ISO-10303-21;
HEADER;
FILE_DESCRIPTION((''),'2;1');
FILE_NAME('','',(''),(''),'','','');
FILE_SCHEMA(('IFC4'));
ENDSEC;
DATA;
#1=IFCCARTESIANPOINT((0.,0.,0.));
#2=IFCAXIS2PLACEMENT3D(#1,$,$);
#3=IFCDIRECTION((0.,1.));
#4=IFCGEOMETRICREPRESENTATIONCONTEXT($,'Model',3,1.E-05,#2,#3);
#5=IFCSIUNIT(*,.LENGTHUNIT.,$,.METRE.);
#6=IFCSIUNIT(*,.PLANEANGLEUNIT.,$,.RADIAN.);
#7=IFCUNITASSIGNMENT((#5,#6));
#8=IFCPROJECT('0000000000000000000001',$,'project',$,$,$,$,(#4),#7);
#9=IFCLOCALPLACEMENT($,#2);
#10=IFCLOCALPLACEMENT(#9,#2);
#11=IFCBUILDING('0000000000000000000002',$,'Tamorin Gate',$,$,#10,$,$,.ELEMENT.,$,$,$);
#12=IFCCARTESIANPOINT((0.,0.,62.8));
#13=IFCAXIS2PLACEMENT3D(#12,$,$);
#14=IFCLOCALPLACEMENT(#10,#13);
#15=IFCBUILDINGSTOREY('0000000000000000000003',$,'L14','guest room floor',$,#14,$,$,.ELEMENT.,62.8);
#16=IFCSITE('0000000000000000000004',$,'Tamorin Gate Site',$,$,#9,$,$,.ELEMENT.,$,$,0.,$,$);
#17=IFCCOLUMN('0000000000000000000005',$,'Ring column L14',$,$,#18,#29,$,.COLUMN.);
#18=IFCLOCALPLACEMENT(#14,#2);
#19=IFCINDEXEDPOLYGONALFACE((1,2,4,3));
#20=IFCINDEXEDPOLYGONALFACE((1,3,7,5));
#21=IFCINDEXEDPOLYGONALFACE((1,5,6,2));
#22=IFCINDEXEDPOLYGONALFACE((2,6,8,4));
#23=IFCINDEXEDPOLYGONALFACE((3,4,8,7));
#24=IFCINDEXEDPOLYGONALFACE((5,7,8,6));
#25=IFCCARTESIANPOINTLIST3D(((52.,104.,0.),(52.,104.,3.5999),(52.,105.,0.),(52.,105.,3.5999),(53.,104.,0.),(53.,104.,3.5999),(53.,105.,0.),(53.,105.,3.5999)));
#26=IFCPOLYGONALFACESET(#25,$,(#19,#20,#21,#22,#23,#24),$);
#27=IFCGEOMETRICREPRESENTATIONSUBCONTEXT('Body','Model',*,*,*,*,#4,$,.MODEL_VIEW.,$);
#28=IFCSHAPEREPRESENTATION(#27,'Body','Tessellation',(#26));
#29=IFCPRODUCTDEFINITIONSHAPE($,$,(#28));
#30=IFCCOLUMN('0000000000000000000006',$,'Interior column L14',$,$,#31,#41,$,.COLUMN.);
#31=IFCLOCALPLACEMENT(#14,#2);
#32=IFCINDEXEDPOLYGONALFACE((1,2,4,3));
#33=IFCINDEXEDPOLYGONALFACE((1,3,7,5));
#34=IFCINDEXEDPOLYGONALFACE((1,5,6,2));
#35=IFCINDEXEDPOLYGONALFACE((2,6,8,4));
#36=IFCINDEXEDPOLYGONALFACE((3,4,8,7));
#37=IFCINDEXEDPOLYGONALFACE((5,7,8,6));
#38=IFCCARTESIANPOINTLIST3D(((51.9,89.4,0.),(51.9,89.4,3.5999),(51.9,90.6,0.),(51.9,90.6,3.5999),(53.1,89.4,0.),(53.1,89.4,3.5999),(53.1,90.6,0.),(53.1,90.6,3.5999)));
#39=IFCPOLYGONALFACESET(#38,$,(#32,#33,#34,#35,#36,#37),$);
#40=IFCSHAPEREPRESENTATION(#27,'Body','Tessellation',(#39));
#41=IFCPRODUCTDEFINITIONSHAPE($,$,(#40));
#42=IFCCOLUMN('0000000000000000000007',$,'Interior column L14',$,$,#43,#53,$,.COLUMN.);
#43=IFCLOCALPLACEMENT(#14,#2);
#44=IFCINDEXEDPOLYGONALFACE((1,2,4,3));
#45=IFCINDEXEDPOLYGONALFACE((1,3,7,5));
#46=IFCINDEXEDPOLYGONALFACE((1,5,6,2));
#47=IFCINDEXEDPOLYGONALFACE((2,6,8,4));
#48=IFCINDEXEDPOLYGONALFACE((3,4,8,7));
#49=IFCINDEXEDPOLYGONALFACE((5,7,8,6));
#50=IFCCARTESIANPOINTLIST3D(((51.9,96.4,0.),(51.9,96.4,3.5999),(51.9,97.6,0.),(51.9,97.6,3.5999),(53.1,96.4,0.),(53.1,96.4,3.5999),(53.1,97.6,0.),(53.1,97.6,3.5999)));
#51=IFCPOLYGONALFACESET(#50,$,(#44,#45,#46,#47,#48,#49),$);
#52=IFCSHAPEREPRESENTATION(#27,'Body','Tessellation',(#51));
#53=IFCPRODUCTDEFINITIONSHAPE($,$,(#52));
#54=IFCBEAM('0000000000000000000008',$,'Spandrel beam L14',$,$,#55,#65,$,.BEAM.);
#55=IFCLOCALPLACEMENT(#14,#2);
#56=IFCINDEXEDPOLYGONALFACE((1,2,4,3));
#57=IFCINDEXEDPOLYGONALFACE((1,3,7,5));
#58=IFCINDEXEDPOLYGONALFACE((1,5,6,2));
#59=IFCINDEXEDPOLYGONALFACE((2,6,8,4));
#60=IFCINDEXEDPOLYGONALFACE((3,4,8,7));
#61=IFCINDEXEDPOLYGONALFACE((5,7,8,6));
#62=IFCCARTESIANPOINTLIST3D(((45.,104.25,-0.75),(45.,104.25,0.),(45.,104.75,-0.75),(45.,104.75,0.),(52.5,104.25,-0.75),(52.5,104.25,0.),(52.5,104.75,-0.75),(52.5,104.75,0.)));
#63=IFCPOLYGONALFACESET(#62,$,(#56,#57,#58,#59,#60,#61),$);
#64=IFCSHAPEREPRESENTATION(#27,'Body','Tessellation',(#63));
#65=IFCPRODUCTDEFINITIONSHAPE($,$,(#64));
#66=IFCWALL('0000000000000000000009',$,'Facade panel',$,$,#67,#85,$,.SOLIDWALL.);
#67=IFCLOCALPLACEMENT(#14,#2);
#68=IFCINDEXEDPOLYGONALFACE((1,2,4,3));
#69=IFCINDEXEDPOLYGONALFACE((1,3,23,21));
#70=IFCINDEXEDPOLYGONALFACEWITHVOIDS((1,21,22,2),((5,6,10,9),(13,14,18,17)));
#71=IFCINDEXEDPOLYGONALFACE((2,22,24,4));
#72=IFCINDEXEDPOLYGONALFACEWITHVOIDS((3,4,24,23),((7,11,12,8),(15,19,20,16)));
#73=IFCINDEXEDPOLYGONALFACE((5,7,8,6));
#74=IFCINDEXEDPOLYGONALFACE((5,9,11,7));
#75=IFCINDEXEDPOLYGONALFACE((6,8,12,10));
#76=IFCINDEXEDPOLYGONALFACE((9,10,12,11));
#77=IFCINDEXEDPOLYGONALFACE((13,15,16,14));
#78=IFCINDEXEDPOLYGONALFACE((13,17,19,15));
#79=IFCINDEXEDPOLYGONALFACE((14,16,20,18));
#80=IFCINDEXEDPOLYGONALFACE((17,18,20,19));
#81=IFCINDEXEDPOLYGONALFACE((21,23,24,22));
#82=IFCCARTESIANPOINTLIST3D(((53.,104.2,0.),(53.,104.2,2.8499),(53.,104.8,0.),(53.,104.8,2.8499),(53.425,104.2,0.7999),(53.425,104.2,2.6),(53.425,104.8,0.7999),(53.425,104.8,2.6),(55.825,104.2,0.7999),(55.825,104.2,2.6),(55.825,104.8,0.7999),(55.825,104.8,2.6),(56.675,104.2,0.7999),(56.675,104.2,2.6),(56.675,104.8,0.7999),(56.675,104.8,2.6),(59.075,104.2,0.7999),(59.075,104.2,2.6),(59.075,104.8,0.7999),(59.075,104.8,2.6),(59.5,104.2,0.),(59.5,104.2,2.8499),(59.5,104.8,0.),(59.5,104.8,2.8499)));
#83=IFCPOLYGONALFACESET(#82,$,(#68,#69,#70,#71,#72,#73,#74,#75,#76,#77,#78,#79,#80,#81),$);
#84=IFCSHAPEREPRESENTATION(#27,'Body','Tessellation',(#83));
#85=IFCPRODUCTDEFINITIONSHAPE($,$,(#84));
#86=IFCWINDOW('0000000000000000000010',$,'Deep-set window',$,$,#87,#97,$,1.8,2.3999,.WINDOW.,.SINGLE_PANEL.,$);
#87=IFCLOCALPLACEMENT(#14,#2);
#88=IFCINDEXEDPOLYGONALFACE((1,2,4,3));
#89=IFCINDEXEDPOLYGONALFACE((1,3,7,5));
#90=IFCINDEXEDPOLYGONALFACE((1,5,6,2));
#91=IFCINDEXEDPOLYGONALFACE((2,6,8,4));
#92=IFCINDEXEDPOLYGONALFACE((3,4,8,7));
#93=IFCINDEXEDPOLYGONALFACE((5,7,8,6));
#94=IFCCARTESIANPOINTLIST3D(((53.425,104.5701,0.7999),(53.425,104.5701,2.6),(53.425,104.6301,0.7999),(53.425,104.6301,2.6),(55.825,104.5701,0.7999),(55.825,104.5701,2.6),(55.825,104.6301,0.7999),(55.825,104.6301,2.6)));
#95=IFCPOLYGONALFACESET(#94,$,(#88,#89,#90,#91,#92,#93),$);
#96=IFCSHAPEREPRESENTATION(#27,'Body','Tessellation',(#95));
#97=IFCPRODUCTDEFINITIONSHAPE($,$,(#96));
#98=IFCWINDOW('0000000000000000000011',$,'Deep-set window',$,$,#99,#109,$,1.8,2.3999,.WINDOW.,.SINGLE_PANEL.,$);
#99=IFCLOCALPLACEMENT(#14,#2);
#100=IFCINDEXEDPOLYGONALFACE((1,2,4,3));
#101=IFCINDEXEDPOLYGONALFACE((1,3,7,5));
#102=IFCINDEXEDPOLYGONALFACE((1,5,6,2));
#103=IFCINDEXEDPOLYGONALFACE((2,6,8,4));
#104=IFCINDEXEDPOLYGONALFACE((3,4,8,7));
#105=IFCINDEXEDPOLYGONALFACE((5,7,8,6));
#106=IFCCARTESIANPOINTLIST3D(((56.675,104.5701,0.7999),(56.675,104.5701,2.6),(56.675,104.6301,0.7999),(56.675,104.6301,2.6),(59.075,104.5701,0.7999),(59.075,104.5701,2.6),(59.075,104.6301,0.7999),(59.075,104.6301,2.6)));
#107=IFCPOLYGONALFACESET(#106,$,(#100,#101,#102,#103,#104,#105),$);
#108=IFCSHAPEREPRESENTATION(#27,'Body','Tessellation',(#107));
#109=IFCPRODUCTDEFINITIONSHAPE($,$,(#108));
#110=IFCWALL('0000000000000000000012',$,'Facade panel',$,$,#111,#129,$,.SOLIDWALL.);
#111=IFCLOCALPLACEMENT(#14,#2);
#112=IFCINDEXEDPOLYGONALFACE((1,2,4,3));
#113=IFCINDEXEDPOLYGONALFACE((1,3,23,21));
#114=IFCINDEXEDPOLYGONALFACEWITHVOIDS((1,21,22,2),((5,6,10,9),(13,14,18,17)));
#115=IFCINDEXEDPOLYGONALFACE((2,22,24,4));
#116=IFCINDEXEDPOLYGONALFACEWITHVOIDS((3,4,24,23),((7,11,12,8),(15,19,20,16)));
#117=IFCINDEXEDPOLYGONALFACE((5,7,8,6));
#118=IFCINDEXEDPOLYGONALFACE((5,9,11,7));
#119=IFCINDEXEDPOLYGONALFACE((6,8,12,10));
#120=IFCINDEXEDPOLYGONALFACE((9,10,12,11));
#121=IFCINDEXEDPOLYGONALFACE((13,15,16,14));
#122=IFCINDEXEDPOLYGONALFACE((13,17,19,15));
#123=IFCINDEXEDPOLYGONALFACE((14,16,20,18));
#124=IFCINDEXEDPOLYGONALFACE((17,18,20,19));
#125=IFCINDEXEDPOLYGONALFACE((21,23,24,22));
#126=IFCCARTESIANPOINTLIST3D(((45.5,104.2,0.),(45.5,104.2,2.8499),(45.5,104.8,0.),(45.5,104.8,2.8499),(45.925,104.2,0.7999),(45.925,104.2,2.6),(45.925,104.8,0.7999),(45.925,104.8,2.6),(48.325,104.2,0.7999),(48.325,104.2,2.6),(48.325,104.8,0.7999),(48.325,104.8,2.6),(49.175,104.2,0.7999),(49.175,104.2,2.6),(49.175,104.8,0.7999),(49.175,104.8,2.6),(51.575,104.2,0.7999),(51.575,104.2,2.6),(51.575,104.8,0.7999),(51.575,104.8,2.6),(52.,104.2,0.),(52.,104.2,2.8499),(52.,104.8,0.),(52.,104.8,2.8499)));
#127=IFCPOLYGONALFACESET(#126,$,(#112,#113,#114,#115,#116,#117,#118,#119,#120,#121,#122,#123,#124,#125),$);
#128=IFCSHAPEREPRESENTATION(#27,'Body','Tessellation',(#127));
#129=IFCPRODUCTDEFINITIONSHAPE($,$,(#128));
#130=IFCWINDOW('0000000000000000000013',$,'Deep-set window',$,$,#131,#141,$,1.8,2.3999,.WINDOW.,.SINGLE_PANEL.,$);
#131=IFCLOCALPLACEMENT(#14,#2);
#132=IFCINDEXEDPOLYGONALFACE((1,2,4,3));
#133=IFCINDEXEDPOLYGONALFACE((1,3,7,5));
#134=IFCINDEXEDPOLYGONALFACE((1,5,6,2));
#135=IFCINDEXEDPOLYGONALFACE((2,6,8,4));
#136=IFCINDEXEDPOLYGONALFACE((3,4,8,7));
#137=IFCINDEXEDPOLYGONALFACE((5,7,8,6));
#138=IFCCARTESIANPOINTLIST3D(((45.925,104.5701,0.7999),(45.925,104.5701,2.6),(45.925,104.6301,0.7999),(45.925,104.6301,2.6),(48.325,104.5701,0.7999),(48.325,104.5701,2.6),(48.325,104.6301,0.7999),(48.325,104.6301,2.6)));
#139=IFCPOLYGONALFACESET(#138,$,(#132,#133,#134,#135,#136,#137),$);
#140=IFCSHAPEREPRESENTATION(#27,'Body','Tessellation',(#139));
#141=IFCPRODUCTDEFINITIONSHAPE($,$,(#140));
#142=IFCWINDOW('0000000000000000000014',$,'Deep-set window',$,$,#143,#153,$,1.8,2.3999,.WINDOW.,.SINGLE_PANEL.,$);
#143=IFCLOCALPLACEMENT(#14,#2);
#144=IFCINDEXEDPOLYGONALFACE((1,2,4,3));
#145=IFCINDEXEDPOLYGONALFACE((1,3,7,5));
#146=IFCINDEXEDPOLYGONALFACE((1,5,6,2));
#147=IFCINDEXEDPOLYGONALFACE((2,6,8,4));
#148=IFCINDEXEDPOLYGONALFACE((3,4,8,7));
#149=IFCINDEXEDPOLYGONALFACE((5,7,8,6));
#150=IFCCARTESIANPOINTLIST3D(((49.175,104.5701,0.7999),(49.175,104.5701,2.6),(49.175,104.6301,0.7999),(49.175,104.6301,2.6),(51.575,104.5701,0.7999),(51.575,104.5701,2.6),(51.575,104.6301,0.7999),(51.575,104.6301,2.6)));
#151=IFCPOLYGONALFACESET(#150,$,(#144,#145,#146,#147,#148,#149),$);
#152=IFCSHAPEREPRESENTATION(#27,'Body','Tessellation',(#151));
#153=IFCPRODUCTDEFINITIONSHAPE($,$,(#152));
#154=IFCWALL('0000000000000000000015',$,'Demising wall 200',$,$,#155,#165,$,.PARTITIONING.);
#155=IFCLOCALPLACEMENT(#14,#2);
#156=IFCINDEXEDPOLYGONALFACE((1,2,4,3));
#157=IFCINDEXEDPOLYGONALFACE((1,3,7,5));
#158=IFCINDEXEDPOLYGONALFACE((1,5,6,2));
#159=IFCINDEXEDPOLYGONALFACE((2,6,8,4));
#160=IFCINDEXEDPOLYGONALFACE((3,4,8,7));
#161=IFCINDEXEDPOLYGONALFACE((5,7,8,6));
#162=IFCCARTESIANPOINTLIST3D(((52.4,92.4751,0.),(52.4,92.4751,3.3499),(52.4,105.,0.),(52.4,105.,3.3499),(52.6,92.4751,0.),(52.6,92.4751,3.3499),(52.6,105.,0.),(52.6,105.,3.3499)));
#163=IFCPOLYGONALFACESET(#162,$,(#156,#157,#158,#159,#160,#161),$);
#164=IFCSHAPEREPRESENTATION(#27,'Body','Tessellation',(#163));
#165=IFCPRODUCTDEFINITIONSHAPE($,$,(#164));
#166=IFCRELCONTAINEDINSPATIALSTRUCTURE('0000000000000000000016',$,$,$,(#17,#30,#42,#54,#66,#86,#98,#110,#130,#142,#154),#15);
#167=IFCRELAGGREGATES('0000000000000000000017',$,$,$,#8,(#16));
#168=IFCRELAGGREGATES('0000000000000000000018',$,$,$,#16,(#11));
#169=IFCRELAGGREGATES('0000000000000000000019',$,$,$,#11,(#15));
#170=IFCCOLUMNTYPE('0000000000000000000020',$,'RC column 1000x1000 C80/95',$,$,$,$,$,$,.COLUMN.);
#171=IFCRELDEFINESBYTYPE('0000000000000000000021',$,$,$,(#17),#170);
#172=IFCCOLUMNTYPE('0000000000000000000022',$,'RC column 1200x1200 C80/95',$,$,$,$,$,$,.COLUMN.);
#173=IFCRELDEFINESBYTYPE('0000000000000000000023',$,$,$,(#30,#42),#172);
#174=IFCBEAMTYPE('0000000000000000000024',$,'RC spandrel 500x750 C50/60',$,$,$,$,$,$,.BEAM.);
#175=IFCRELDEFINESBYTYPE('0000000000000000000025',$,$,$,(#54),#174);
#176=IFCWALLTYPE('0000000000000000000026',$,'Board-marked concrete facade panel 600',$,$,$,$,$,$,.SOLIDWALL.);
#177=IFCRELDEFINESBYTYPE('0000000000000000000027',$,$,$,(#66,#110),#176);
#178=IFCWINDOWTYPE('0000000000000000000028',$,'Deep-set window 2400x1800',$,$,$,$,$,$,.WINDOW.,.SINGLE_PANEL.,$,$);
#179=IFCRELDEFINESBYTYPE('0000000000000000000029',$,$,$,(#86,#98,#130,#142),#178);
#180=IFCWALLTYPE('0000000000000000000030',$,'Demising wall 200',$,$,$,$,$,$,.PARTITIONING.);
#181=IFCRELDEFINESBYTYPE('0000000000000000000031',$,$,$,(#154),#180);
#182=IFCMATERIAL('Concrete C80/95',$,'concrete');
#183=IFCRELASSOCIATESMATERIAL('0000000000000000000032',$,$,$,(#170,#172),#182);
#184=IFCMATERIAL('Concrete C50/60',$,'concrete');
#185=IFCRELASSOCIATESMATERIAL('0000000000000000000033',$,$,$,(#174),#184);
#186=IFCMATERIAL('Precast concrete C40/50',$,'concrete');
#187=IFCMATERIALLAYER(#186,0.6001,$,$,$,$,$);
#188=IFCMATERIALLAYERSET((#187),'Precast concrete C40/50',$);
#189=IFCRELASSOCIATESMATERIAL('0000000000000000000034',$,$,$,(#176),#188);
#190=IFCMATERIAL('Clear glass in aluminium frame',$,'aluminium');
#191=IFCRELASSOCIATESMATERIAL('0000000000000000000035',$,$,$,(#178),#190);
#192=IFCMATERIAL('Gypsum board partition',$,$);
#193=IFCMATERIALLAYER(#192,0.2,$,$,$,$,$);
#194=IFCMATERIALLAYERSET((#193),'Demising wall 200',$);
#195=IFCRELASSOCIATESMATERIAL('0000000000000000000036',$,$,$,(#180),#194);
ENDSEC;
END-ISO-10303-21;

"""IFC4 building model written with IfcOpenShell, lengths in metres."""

from ifc_helpers import new_model, si_unit, direction, frame, frame_2d, origin, origin_2d, place, context, subcontext, project, spatial, rectangle, extrude, material, layer, layer_set, material_profile, profile_set, type_object, element, fill, save


model = new_model("IFC4")

# Units and contexts
model_context = context("Model", 3, precision=1e-05, world=origin(), true_north=direction((0.0, 1.0)))
body_context = subcontext(model_context, "Body", "Model", "MODEL_VIEW")
ifc_project = project(units=[si_unit("LENGTHUNIT", "METRE"), si_unit("PLANEANGLEUNIT", "RADIAN")], contexts=[model_context])

# Site, building, storey
site_placement = place(None, origin())
site = spatial("IfcSite", under=ifc_project, at=site_placement, Name="Tamorin Gate Site", CompositionType="ELEMENT", RefElevation=0.0)
building_placement = place(site_placement, origin())
building = spatial("IfcBuilding", under=site, at=building_placement, Name="Tamorin Gate", CompositionType="ELEMENT")
storey_placement = place(building_placement, frame((0.0, 0.0, 62.8)))
storey = spatial("IfcBuildingStorey", under=building, at=storey_placement, Name="L14", Description="guest room floor", CompositionType="ELEMENT", Elevation=62.8)

# Columns
ifc_material_1 = material(Name="Concrete C80/95", Category="concrete")
ifc_material_profile_1 = material_profile(ifc_material_1, rectangle(XDim=1.0, YDim=1.0, at=origin_2d()), Name="RC 1000x1000")
ifc_profile_set_1 = profile_set([ifc_material_profile_1], Name="Concrete C80/95")
column_type_1 = type_object("IfcColumnType", Name="RC column 1000x1000 C80/95", PredefinedType="COLUMN", material=ifc_profile_set_1)
column_placement = place(storey_placement, frame((52.5, 104.5, 0.0), z_axis=(0.0, 0.0, 1.0), x_axis=(1.0, 0.0, 0.0)))
element("IfcColumn", 1, at=column_placement, inside=storey, type_object=column_type_1, Name="Ring column L14", PredefinedType="COLUMN", context=body_context, shape_type="SweptSolid", body=[
    extrude(rectangle(XDim=1.0, YDim=1.0, at=origin_2d()), origin(), (0.0, 0.0, 1.0), 3.5999),
])
ifc_material_profile_2 = material_profile(ifc_material_1, rectangle(XDim=1.2, YDim=1.2, at=origin_2d()), Name="RC 1200x1200")
ifc_profile_set_2 = profile_set([ifc_material_profile_2], Name="Concrete C80/95")
column_type_2 = type_object("IfcColumnType", Name="RC column 1200x1200 C80/95", PredefinedType="COLUMN", material=ifc_profile_set_2)
for number, where, z_axis, x_axis, name in (
    (2, (52.5, 90.0, 0.0), (0.0, 0.0, 1.0), (1.0, 0.0, 0.0), "Interior column L14"),
    (3, (52.5, 97.0, 0.0), (0.0, 0.0, 1.0), (1.0, 0.0, 0.0), "Interior column L14"),
):
    element("IfcColumn", number, at=place(storey_placement, frame(where, z_axis=z_axis, x_axis=x_axis)), inside=storey, type_object=column_type_2, Name=name, PredefinedType="COLUMN", context=body_context, shape_type="SweptSolid", body=[
        extrude(rectangle(XDim=1.2, YDim=1.2, at=origin_2d()), origin(), (0.0, 0.0, 1.0), 3.5999),
    ])

# Beam
ifc_material_2 = material(Name="Concrete C50/60", Category="concrete")
ifc_material_profile_3 = material_profile(ifc_material_2, rectangle(XDim=0.5, YDim=0.75, at=origin_2d()), Name="RC 500x750")
ifc_profile_set_3 = profile_set([ifc_material_profile_3], Name="Concrete C50/60")
beam_type = type_object("IfcBeamType", Name="RC spandrel 500x750 C50/60", PredefinedType="BEAM", material=ifc_profile_set_3)
beam_placement = place(storey_placement, frame((52.5, 104.5, -0.375), z_axis=(-1.0, 0.0, 0.0), x_axis=(0.0, -1.0, 0.0)))
element("IfcBeam", 4, at=beam_placement, inside=storey, type_object=beam_type, Name="Spandrel beam L14", PredefinedType="BEAM", context=body_context, shape_type="SweptSolid", body=[
    extrude(rectangle(XDim=0.5, YDim=0.75, at=origin_2d()), origin(), (0.0, 0.0, 1.0), 7.5),
])

# Walls, openings, windows
ifc_material_3 = material(Name="Precast concrete C40/50", Category="concrete")
ifc_layer_1 = layer(ifc_material_3, 0.6001)
ifc_layer_set_1 = layer_set([ifc_layer_1], Name="Precast concrete C40/50")
wall_type_1 = type_object("IfcWallType", Name="Board-marked concrete facade panel 600", PredefinedType="SOLIDWALL", material=ifc_layer_set_1)
wall_1_placement = place(storey_placement, frame((59.5, 104.5, 0.0), z_axis=(0.0, 0.0, 1.0), x_axis=(-1.0, 0.0, 0.0)))
wall_1 = element("IfcWall", 5, at=wall_1_placement, inside=storey, type_object=wall_type_1, Name="Facade panel", PredefinedType="SOLIDWALL", context=body_context, shape_type="SweptSolid", body=[
    extrude(rectangle(XDim=6.5, YDim=0.6001, at=frame_2d((3.25, 0.0))), origin(), (0.0, 0.0, 1.0), 2.8499),
])
opening_1_placement = place(wall_1_placement, frame((3.675, 0.0, 0.8)))
opening_1 = element("IfcOpeningElement", 6, at=opening_1_placement, cuts=wall_1, PredefinedType="OPENING", context=body_context, shape_type="SweptSolid", body=[
    extrude(rectangle(XDim=2.3999, YDim=1.8, at=frame_2d((1.2, 0.8999))), frame((0.0, 0.3101, 0.0), z_axis=(0.0, -1.0, 0.0), x_axis=(1.0, 0.0, 0.0)), (0.0, 0.0, 1.0), 0.6201),
])
opening_2_placement = place(wall_1_placement, frame((0.425, 0.0, 0.8)))
opening_2 = element("IfcOpeningElement", 7, at=opening_2_placement, cuts=wall_1, PredefinedType="OPENING", context=body_context, shape_type="SweptSolid", body=[
    extrude(rectangle(XDim=2.3999, YDim=1.8, at=frame_2d((1.2, 0.8999))), frame((0.0, 0.3101, 0.0), z_axis=(0.0, -1.0, 0.0), x_axis=(1.0, 0.0, 0.0)), (0.0, 0.0, 1.0), 0.6201),
])
ifc_material_4 = material(Name="Clear glass in aluminium frame", Category="aluminium")
window_type = type_object("IfcWindowType", Name="Deep-set window 2400x1800", PartitioningType="SINGLE_PANEL", PredefinedType="WINDOW", material=ifc_material_4)
window_1_placement = place(opening_1_placement, origin())
window_1 = element("IfcWindow", 8, at=window_1_placement, inside=storey, type_object=window_type, Name="Deep-set window", OverallHeight=1.8, OverallWidth=2.3999, PartitioningType="SINGLE_PANEL", PredefinedType="WINDOW", context=body_context, shape_type="SweptSolid", body=[
    extrude(rectangle(XDim=2.3999, YDim=1.8, at=frame_2d((1.2, 0.8999))), frame((0.0, -0.0701, 0.0), z_axis=(0.0, -1.0, 0.0), x_axis=(1.0, 0.0, 0.0)), (0.0, 0.0, 1.0), 0.0601),
])
fill(opening_1, window_1)
window_2_placement = place(opening_2_placement, origin())
window_2 = element("IfcWindow", 9, at=window_2_placement, inside=storey, type_object=window_type, Name="Deep-set window", OverallHeight=1.8, OverallWidth=2.3999, PartitioningType="SINGLE_PANEL", PredefinedType="WINDOW", context=body_context, shape_type="SweptSolid", body=[
    extrude(rectangle(XDim=2.3999, YDim=1.8, at=frame_2d((1.2, 0.8999))), frame((0.0, -0.0701, 0.0), z_axis=(0.0, -1.0, 0.0), x_axis=(1.0, 0.0, 0.0)), (0.0, 0.0, 1.0), 0.0601),
])
fill(opening_2, window_2)
wall_2_placement = place(storey_placement, frame((52.0, 104.5, 0.0), z_axis=(0.0, 0.0, 1.0), x_axis=(-1.0, 0.0, 0.0)))
wall_2 = element("IfcWall", 10, at=wall_2_placement, inside=storey, type_object=wall_type_1, Name="Facade panel", PredefinedType="SOLIDWALL", context=body_context, shape_type="SweptSolid", body=[
    extrude(rectangle(XDim=6.5, YDim=0.6001, at=frame_2d((3.25, 0.0))), origin(), (0.0, 0.0, 1.0), 2.8499),
])
opening_3_placement = place(wall_2_placement, frame((3.675, 0.0, 0.8)))
opening_3 = element("IfcOpeningElement", 11, at=opening_3_placement, cuts=wall_2, PredefinedType="OPENING", context=body_context, shape_type="SweptSolid", body=[
    extrude(rectangle(XDim=2.3999, YDim=1.8, at=frame_2d((1.2, 0.8999))), frame((0.0, 0.3101, 0.0), z_axis=(0.0, -1.0, 0.0), x_axis=(1.0, 0.0, 0.0)), (0.0, 0.0, 1.0), 0.6201),
])
opening_4_placement = place(wall_2_placement, frame((0.425, 0.0, 0.8)))
opening_4 = element("IfcOpeningElement", 12, at=opening_4_placement, cuts=wall_2, PredefinedType="OPENING", context=body_context, shape_type="SweptSolid", body=[
    extrude(rectangle(XDim=2.3999, YDim=1.8, at=frame_2d((1.2, 0.8999))), frame((0.0, 0.3101, 0.0), z_axis=(0.0, -1.0, 0.0), x_axis=(1.0, 0.0, 0.0)), (0.0, 0.0, 1.0), 0.6201),
])
window_3_placement = place(opening_3_placement, origin())
window_3 = element("IfcWindow", 13, at=window_3_placement, inside=storey, type_object=window_type, Name="Deep-set window", OverallHeight=1.8, OverallWidth=2.3999, PartitioningType="SINGLE_PANEL", PredefinedType="WINDOW", context=body_context, shape_type="SweptSolid", body=[
    extrude(rectangle(XDim=2.3999, YDim=1.8, at=frame_2d((1.2, 0.8999))), frame((0.0, -0.0701, 0.0), z_axis=(0.0, -1.0, 0.0), x_axis=(1.0, 0.0, 0.0)), (0.0, 0.0, 1.0), 0.0601),
])
fill(opening_3, window_3)
window_4_placement = place(opening_4_placement, origin())
window_4 = element("IfcWindow", 14, at=window_4_placement, inside=storey, type_object=window_type, Name="Deep-set window", OverallHeight=1.8, OverallWidth=2.3999, PartitioningType="SINGLE_PANEL", PredefinedType="WINDOW", context=body_context, shape_type="SweptSolid", body=[
    extrude(rectangle(XDim=2.3999, YDim=1.8, at=frame_2d((1.2, 0.8999))), frame((0.0, -0.0701, 0.0), z_axis=(0.0, -1.0, 0.0), x_axis=(1.0, 0.0, 0.0)), (0.0, 0.0, 1.0), 0.0601),
])
fill(opening_4, window_4)

# Wall
ifc_material_5 = material(Name="Gypsum board partition")
ifc_layer_2 = layer(ifc_material_5, 0.2)
ifc_layer_set_2 = layer_set([ifc_layer_2], Name="Demising wall 200")
wall_type_2 = type_object("IfcWallType", Name="Demising wall 200", PredefinedType="PARTITIONING", material=ifc_layer_set_2)
wall_3_placement = place(storey_placement, frame((52.5, 92.4751, 0.0), z_axis=(0.0, 0.0, 1.0), x_axis=(0.0, 1.0, 0.0)))
element("IfcWall", 15, at=wall_3_placement, inside=storey, type_object=wall_type_2, Name="Demising wall 200", PredefinedType="PARTITIONING", context=body_context, shape_type="SweptSolid", body=[
    extrude(rectangle(XDim=12.5249, YDim=0.2, at=frame_2d((6.2625, 0.0))), origin(), (0.0, 0.0, 1.0), 3.3499),
])

save(model, "model.ifc")
